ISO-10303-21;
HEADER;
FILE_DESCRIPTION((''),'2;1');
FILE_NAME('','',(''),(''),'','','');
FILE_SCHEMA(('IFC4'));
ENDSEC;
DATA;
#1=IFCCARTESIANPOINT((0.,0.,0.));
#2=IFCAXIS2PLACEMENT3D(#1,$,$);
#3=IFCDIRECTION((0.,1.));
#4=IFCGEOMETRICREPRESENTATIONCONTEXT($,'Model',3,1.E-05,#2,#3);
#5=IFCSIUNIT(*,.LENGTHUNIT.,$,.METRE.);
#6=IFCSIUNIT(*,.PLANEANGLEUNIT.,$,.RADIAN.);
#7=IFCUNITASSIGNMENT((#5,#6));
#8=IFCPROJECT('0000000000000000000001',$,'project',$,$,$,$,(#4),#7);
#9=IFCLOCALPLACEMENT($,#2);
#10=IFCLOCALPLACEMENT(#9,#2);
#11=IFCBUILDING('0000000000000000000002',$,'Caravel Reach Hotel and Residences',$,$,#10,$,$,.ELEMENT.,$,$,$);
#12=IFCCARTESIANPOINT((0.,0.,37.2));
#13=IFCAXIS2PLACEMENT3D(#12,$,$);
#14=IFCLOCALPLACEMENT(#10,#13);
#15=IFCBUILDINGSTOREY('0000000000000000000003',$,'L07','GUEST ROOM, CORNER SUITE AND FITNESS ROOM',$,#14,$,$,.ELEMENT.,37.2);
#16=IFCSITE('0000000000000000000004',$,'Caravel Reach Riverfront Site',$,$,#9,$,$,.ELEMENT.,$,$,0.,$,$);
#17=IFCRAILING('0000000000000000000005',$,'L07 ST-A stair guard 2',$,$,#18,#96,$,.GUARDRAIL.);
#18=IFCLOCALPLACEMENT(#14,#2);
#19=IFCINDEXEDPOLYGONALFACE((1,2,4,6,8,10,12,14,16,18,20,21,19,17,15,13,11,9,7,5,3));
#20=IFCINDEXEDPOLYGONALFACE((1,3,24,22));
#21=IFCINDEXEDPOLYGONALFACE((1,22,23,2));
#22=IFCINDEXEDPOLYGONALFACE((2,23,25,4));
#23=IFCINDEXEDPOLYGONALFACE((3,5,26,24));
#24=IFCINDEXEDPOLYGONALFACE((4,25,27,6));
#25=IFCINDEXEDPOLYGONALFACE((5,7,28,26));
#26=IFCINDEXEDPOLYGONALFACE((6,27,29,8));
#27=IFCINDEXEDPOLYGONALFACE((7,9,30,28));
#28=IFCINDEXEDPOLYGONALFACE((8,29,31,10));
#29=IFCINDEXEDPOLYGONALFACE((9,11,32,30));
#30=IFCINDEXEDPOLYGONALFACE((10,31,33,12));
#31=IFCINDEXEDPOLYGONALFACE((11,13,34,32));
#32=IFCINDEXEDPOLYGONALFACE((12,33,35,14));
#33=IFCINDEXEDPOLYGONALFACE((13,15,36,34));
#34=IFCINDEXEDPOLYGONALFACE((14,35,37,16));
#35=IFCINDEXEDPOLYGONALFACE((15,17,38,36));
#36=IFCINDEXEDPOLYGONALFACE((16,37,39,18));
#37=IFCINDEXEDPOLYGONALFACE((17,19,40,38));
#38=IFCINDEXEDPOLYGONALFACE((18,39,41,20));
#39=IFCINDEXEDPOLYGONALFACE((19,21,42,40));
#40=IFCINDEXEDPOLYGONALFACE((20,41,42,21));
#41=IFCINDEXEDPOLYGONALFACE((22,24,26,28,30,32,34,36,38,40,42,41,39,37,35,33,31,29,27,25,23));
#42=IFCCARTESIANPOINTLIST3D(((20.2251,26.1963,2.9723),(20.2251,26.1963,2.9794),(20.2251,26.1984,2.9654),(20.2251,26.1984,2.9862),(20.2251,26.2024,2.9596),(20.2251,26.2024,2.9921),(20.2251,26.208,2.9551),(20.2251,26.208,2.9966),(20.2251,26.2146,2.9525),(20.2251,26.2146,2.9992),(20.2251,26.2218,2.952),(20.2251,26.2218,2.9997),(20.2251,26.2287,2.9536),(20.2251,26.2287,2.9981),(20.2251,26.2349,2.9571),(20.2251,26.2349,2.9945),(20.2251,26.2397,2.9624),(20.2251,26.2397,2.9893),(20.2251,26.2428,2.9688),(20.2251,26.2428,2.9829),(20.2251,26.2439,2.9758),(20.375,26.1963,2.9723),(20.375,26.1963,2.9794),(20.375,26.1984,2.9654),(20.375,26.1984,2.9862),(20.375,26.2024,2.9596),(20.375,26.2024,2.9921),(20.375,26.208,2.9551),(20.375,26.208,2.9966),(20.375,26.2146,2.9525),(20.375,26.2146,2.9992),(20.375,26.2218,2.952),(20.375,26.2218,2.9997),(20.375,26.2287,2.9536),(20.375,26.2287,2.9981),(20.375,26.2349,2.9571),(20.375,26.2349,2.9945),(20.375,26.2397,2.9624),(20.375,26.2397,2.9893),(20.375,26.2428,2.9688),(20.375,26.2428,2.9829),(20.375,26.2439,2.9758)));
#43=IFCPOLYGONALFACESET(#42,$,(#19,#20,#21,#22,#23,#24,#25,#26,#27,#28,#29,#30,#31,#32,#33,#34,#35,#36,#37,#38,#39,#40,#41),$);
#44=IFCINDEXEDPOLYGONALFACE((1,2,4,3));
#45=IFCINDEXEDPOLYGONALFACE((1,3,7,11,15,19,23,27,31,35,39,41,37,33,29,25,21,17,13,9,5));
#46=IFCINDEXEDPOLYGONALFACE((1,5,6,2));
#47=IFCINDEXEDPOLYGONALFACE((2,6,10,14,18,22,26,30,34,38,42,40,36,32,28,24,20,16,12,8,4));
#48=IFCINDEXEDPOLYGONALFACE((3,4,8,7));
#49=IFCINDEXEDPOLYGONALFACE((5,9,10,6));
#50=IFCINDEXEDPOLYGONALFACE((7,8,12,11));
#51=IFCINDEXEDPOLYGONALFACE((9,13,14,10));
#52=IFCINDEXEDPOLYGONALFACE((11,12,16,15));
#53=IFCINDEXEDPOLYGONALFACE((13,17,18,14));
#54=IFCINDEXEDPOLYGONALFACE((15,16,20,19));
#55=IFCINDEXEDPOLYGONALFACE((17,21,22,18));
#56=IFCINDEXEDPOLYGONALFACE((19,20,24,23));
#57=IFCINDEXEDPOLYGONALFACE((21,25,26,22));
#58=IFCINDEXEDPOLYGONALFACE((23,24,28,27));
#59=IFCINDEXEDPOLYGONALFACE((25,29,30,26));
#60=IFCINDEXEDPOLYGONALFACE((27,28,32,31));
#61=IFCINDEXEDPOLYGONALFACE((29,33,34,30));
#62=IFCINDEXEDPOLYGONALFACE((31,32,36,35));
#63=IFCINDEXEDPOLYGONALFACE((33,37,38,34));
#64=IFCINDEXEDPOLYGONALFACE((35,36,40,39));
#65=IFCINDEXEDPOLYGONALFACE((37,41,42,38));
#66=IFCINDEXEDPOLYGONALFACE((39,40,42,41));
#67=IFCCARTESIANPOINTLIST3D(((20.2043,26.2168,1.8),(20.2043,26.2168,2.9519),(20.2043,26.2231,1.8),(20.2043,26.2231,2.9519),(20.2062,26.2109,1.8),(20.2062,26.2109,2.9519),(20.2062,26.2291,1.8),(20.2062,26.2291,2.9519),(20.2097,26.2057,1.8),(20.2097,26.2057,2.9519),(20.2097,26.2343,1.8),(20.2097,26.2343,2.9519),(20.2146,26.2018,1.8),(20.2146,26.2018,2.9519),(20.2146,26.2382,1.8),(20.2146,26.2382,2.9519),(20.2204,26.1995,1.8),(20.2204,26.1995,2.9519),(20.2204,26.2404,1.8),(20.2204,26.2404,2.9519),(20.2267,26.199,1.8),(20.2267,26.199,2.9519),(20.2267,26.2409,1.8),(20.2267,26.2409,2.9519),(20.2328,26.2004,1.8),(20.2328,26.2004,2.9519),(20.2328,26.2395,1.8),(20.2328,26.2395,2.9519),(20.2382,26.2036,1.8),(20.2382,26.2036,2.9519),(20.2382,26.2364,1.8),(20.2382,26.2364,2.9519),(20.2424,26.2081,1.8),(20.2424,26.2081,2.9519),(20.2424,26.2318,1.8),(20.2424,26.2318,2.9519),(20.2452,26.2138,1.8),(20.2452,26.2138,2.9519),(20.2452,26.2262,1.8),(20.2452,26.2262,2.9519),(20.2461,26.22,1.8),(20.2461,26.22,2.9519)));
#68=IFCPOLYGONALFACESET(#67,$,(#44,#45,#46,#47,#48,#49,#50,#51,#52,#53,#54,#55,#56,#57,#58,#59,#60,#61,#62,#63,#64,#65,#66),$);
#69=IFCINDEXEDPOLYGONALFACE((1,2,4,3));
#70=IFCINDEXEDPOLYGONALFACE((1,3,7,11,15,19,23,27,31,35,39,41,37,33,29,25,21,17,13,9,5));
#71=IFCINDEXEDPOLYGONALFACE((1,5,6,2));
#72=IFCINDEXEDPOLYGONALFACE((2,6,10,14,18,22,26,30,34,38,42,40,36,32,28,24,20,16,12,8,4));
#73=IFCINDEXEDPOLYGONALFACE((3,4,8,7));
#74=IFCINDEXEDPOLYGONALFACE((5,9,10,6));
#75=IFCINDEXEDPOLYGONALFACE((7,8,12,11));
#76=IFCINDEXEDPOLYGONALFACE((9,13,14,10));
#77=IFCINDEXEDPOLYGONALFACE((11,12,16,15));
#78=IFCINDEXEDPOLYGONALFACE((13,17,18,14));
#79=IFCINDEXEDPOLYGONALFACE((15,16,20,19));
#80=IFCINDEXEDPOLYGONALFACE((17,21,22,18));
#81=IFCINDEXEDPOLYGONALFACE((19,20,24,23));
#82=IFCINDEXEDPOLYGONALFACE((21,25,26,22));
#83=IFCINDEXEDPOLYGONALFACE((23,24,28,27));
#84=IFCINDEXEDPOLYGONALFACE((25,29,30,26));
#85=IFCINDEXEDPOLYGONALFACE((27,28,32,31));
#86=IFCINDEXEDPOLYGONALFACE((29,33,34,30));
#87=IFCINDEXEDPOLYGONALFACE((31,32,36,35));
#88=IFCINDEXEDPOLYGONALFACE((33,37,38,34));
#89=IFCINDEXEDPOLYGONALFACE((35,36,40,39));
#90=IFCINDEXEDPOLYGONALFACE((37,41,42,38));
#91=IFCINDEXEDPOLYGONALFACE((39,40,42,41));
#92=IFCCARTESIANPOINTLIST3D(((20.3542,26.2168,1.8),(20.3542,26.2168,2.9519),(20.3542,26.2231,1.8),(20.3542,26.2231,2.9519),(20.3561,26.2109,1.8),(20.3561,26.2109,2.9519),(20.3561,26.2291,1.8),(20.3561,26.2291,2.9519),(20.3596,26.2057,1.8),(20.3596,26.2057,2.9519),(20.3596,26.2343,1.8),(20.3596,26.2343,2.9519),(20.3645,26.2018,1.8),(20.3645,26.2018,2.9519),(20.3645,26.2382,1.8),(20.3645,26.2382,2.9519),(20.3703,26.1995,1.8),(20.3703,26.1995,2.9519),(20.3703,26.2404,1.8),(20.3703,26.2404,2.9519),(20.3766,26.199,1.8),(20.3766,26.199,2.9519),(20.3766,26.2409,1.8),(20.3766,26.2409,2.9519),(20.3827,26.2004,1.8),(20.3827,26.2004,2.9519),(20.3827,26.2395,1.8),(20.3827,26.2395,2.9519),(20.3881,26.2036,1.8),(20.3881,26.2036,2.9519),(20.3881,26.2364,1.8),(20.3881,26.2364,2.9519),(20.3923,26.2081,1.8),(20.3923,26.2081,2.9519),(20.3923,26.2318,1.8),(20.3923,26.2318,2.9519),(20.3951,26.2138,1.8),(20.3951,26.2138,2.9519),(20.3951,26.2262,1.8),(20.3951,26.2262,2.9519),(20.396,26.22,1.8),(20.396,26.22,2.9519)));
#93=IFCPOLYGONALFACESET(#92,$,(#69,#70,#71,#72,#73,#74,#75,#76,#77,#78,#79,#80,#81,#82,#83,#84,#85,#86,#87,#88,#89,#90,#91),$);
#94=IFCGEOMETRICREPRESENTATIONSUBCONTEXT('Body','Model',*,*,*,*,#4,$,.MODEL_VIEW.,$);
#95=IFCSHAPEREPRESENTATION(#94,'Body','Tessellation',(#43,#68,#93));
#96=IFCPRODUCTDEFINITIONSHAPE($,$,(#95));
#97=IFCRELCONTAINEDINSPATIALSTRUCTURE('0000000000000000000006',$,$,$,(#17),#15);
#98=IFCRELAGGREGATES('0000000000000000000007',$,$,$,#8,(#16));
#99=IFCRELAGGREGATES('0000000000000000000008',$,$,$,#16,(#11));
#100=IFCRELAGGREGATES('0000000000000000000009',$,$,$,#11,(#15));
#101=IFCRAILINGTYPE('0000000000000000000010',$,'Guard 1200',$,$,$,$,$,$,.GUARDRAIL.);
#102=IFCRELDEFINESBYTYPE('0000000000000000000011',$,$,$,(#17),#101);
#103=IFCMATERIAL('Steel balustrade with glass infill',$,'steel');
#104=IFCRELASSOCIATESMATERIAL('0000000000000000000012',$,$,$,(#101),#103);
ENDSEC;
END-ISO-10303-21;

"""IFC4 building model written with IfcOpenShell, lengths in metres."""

from ifc_helpers import new_model, si_unit, direction, frame, origin, origin_2d, place, context, subcontext, project, spatial, circle, extrude, material, type_object, element, save


model = new_model("IFC4")

# Units and contexts
model_context = context("Model", 3, precision=1e-05, world=origin(), true_north=direction((0.0, 1.0)))
body_context = subcontext(model_context, "Body", "Model", "MODEL_VIEW")
ifc_project = project(units=[si_unit("LENGTHUNIT", "METRE"), si_unit("PLANEANGLEUNIT", "RADIAN")], contexts=[model_context])

# Site, building, storey
site_placement = place(None, origin())
site = spatial("IfcSite", under=ifc_project, at=site_placement, Name="Caravel Reach Riverfront Site", CompositionType="ELEMENT", RefElevation=0.0)
building_placement = place(site_placement, origin())
building = spatial("IfcBuilding", under=site, at=building_placement, Name="Caravel Reach Hotel and Residences", CompositionType="ELEMENT")
storey_placement = place(building_placement, frame((0.0, 0.0, 37.2)))
storey = spatial("IfcBuildingStorey", under=building, at=storey_placement, Name="L07", Description="GUEST ROOM, CORNER SUITE AND FITNESS ROOM", CompositionType="ELEMENT", Elevation=37.2)

# Railing
ifc_material_1 = material(Name="Steel balustrade with glass infill", Category="steel")
railing_type_1 = type_object("IfcRailingType", Name="Guard 1200", PredefinedType="GUARDRAIL", material=ifc_material_1)
railing_1_placement = place(storey_placement, frame((20.2251, 26.22, 1.8)))
element("IfcRailing", 1, at=railing_1_placement, inside=storey, type_object=railing_type_1, Name="L07 ST-A stair guard 2", PredefinedType="GUARDRAIL", context=body_context, shape_type="SweptSolid", body=[
    extrude(circle(Radius=0.0239, at=origin_2d()), frame((0.0, 0.0, 1.1758), z_axis=(1.0, 0.0, 0.0), x_axis=(0.0, 1.0, 0.0)), (0.0, 0.0, 1.0), 0.1499),
    extrude(circle(Radius=0.021, at=origin_2d()), origin(), (0.0, 0.0, 1.0), 1.1519),
    extrude(circle(Radius=0.021, at=origin_2d()), frame((0.1499, 0.0, 0.0)), (0.0, 0.0, 1.0), 1.1519),
])

save(model, "model.ifc")
